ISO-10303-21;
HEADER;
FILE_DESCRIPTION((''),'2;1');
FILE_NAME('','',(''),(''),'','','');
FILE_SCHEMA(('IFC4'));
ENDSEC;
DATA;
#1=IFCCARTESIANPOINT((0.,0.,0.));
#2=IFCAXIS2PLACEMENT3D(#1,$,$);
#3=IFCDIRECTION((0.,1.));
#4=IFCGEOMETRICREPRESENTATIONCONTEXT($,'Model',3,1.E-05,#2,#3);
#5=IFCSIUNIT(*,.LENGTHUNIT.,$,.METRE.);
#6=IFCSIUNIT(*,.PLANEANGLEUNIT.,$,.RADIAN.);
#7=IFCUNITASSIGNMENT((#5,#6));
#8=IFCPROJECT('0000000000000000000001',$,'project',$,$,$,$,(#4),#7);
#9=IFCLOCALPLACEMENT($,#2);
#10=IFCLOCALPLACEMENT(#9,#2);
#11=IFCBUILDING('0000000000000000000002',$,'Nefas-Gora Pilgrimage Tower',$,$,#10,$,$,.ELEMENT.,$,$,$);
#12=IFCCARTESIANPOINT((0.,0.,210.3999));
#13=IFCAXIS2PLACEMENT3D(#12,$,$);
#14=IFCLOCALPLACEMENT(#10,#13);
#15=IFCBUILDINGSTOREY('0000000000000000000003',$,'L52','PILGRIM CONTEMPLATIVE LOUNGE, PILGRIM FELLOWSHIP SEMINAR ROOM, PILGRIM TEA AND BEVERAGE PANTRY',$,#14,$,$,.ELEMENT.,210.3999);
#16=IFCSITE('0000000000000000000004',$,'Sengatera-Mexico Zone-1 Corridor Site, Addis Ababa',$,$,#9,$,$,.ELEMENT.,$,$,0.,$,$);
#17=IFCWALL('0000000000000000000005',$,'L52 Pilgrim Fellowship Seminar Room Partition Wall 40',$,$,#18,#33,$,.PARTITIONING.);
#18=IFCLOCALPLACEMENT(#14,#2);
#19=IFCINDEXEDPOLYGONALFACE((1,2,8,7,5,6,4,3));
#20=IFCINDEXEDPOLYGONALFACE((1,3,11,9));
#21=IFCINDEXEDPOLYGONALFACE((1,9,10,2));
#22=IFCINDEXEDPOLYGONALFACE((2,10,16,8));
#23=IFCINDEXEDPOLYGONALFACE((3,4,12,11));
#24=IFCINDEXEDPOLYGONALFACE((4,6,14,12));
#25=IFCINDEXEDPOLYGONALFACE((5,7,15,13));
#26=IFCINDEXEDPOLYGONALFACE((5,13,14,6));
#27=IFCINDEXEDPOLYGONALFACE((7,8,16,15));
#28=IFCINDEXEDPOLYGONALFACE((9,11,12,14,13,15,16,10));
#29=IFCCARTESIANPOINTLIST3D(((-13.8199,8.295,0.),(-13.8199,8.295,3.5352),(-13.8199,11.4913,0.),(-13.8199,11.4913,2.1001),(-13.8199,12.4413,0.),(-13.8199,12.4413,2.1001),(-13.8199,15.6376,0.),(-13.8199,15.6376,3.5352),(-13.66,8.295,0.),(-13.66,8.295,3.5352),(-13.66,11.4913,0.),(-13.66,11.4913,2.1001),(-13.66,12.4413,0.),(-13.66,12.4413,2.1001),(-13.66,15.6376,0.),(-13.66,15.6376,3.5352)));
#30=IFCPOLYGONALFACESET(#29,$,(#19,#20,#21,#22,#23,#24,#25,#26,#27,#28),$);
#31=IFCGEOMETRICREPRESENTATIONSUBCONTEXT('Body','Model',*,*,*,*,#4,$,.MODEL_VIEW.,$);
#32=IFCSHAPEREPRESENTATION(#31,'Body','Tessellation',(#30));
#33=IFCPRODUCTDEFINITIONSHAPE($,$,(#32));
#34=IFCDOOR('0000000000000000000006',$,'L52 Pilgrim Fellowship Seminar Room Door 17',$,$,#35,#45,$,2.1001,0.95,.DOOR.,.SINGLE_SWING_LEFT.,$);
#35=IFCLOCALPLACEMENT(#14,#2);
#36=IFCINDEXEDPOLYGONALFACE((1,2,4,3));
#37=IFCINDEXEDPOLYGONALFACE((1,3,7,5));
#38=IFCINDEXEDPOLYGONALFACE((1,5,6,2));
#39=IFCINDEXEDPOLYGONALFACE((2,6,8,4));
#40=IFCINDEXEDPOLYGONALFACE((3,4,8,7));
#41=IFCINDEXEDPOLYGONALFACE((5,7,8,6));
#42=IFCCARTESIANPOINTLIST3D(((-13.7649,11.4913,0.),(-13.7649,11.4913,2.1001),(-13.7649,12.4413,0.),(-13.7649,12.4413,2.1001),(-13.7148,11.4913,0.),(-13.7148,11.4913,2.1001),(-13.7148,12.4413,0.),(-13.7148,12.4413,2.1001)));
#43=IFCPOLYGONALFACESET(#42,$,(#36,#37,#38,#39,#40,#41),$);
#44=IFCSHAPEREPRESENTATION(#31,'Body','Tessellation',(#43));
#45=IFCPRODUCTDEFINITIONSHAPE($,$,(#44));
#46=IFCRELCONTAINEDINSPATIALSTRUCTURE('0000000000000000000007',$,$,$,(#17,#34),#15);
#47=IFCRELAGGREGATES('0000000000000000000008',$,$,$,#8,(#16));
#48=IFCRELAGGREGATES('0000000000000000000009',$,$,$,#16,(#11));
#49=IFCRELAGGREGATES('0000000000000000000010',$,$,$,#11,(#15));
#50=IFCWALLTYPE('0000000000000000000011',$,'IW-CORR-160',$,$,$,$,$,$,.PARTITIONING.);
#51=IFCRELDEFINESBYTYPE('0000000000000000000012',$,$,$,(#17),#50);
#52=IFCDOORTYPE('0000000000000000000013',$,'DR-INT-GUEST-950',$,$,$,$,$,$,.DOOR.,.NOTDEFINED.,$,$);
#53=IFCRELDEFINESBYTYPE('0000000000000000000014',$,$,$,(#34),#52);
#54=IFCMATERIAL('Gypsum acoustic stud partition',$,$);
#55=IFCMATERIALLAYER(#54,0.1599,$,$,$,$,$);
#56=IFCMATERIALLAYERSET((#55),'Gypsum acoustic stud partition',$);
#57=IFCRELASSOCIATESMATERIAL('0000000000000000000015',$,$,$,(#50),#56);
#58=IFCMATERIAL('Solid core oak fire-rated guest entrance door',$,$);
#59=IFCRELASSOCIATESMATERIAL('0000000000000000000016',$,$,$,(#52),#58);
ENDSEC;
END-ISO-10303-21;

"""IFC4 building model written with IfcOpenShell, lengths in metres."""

from ifc_helpers import new_model, si_unit, direction, frame, frame_2d, origin, place, context, subcontext, project, spatial, rectangle, extrude, source, transform, mapped, material, layer, layer_set, type_object, element, fill, save


model = new_model("IFC4")

# Units and contexts
model_context = context("Model", 3, precision=1e-05, world=origin(), true_north=direction((0.0, 1.0)))
body_context = subcontext(model_context, "Body", "Model", "MODEL_VIEW")
ifc_project = project(units=[si_unit("LENGTHUNIT", "METRE"), si_unit("PLANEANGLEUNIT", "RADIAN")], contexts=[model_context])

# Site, building, storey
site_placement = place(None, origin())
site = spatial("IfcSite", under=ifc_project, at=site_placement, Name="Sengatera-Mexico Zone-1 Corridor Site, Addis Ababa", CompositionType="ELEMENT", RefElevation=0.0)
building_placement = place(site_placement, origin())
building = spatial("IfcBuilding", under=site, at=building_placement, Name="Nefas-Gora Pilgrimage Tower", CompositionType="ELEMENT")
storey_placement = place(building_placement, frame((0.0, 0.0, 210.3999)))
storey = spatial("IfcBuildingStorey", under=building, at=storey_placement, Name="L52", Description="PILGRIM CONTEMPLATIVE LOUNGE, PILGRIM FELLOWSHIP SEMINAR ROOM, PILGRIM TEA AND BEVERAGE PANTRY", CompositionType="ELEMENT", Elevation=210.3999)

# Shared definitions
ifc_material_1 = material(Name="Gypsum acoustic stud partition")
ifc_layer_1 = layer(ifc_material_1, 0.1599)
ifc_layer_set_1 = layer_set([ifc_layer_1], Name="Gypsum acoustic stud partition")
wall_type_1 = type_object("IfcWallType", Name="IW-CORR-160", PredefinedType="PARTITIONING", material=ifc_layer_set_1)
ifc_material_2 = material(Name="Solid core oak fire-rated guest entrance door")
door_type = type_object("IfcDoorType", Name="DR-INT-GUEST-950", OperationType="NOTDEFINED", PredefinedType="DOOR", material=ifc_material_2)
shared_shape_1 = source(origin(), body_context, "Body", "SweptSolid", [
    extrude(rectangle(XDim=0.95, YDim=2.1001, at=frame_2d((0.4751, 1.05))), frame((0.0, 0.0249, 0.0), z_axis=(0.0, -1.0, 0.0), x_axis=(1.0, 0.0, 0.0)), (0.0, 0.0, 1.0), 0.05),
])

# Wall, opening, door
shared_shape_2 = source(origin(), body_context, "Body", "SweptSolid", [
    extrude(rectangle(XDim=7.3425, YDim=0.1599, at=frame_2d((3.6714, 0.0))), origin(), (0.0, 0.0, 1.0), 3.5352),
])
wall_1_placement = place(storey_placement, frame((-13.74, 8.2949, 0.0), z_axis=(0.0, 0.0, 1.0), x_axis=(0.0, 1.0, 0.0)))
wall_1 = element("IfcWall", 1, at=wall_1_placement, inside=storey, type_object=wall_type_1, Name="L52 Pilgrim Fellowship Seminar Room Partition Wall 40", PredefinedType="PARTITIONING", context=body_context, shape_type="MappedRepresentation", body=[
    mapped(shared_shape_2, transform((0.0, 0.0, 0.0), x_axis=(1.0, 0.0, 0.0), y_axis=(0.0, 1.0, 0.0), z_axis=(0.0, 0.0, 1.0), scale=1.0)),
])
opening_1_placement = place(wall_1_placement, frame((3.1963, 0.0, 0.0)))
opening_1 = element("IfcOpeningElement", 2, at=opening_1_placement, cuts=wall_1, PredefinedType="OPENING", context=body_context, shape_type="SweptSolid", body=[
    extrude(rectangle(XDim=0.95, YDim=2.1001, at=frame_2d((0.4751, 1.05))), frame((0.0, 0.0898, 0.0), z_axis=(0.0, -1.0, 0.0), x_axis=(1.0, 0.0, 0.0)), (0.0, 0.0, 1.0), 0.1799),
])
door_1_placement = place(opening_1_placement, origin())
door_1 = element("IfcDoor", 3, at=door_1_placement, inside=storey, type_object=door_type, Name="L52 Pilgrim Fellowship Seminar Room Door 17", OperationType="SINGLE_SWING_LEFT", OverallHeight=2.1001, OverallWidth=0.95, PredefinedType="DOOR", context=body_context, shape_type="MappedRepresentation", body=[
    mapped(shared_shape_1, transform((0.0, 0.0, 0.0), x_axis=(1.0, 0.0, 0.0), y_axis=(0.0, 1.0, 0.0), z_axis=(0.0, 0.0, 1.0), scale=1.0)),
])
fill(opening_1, door_1)

save(model, "model.ifc")
